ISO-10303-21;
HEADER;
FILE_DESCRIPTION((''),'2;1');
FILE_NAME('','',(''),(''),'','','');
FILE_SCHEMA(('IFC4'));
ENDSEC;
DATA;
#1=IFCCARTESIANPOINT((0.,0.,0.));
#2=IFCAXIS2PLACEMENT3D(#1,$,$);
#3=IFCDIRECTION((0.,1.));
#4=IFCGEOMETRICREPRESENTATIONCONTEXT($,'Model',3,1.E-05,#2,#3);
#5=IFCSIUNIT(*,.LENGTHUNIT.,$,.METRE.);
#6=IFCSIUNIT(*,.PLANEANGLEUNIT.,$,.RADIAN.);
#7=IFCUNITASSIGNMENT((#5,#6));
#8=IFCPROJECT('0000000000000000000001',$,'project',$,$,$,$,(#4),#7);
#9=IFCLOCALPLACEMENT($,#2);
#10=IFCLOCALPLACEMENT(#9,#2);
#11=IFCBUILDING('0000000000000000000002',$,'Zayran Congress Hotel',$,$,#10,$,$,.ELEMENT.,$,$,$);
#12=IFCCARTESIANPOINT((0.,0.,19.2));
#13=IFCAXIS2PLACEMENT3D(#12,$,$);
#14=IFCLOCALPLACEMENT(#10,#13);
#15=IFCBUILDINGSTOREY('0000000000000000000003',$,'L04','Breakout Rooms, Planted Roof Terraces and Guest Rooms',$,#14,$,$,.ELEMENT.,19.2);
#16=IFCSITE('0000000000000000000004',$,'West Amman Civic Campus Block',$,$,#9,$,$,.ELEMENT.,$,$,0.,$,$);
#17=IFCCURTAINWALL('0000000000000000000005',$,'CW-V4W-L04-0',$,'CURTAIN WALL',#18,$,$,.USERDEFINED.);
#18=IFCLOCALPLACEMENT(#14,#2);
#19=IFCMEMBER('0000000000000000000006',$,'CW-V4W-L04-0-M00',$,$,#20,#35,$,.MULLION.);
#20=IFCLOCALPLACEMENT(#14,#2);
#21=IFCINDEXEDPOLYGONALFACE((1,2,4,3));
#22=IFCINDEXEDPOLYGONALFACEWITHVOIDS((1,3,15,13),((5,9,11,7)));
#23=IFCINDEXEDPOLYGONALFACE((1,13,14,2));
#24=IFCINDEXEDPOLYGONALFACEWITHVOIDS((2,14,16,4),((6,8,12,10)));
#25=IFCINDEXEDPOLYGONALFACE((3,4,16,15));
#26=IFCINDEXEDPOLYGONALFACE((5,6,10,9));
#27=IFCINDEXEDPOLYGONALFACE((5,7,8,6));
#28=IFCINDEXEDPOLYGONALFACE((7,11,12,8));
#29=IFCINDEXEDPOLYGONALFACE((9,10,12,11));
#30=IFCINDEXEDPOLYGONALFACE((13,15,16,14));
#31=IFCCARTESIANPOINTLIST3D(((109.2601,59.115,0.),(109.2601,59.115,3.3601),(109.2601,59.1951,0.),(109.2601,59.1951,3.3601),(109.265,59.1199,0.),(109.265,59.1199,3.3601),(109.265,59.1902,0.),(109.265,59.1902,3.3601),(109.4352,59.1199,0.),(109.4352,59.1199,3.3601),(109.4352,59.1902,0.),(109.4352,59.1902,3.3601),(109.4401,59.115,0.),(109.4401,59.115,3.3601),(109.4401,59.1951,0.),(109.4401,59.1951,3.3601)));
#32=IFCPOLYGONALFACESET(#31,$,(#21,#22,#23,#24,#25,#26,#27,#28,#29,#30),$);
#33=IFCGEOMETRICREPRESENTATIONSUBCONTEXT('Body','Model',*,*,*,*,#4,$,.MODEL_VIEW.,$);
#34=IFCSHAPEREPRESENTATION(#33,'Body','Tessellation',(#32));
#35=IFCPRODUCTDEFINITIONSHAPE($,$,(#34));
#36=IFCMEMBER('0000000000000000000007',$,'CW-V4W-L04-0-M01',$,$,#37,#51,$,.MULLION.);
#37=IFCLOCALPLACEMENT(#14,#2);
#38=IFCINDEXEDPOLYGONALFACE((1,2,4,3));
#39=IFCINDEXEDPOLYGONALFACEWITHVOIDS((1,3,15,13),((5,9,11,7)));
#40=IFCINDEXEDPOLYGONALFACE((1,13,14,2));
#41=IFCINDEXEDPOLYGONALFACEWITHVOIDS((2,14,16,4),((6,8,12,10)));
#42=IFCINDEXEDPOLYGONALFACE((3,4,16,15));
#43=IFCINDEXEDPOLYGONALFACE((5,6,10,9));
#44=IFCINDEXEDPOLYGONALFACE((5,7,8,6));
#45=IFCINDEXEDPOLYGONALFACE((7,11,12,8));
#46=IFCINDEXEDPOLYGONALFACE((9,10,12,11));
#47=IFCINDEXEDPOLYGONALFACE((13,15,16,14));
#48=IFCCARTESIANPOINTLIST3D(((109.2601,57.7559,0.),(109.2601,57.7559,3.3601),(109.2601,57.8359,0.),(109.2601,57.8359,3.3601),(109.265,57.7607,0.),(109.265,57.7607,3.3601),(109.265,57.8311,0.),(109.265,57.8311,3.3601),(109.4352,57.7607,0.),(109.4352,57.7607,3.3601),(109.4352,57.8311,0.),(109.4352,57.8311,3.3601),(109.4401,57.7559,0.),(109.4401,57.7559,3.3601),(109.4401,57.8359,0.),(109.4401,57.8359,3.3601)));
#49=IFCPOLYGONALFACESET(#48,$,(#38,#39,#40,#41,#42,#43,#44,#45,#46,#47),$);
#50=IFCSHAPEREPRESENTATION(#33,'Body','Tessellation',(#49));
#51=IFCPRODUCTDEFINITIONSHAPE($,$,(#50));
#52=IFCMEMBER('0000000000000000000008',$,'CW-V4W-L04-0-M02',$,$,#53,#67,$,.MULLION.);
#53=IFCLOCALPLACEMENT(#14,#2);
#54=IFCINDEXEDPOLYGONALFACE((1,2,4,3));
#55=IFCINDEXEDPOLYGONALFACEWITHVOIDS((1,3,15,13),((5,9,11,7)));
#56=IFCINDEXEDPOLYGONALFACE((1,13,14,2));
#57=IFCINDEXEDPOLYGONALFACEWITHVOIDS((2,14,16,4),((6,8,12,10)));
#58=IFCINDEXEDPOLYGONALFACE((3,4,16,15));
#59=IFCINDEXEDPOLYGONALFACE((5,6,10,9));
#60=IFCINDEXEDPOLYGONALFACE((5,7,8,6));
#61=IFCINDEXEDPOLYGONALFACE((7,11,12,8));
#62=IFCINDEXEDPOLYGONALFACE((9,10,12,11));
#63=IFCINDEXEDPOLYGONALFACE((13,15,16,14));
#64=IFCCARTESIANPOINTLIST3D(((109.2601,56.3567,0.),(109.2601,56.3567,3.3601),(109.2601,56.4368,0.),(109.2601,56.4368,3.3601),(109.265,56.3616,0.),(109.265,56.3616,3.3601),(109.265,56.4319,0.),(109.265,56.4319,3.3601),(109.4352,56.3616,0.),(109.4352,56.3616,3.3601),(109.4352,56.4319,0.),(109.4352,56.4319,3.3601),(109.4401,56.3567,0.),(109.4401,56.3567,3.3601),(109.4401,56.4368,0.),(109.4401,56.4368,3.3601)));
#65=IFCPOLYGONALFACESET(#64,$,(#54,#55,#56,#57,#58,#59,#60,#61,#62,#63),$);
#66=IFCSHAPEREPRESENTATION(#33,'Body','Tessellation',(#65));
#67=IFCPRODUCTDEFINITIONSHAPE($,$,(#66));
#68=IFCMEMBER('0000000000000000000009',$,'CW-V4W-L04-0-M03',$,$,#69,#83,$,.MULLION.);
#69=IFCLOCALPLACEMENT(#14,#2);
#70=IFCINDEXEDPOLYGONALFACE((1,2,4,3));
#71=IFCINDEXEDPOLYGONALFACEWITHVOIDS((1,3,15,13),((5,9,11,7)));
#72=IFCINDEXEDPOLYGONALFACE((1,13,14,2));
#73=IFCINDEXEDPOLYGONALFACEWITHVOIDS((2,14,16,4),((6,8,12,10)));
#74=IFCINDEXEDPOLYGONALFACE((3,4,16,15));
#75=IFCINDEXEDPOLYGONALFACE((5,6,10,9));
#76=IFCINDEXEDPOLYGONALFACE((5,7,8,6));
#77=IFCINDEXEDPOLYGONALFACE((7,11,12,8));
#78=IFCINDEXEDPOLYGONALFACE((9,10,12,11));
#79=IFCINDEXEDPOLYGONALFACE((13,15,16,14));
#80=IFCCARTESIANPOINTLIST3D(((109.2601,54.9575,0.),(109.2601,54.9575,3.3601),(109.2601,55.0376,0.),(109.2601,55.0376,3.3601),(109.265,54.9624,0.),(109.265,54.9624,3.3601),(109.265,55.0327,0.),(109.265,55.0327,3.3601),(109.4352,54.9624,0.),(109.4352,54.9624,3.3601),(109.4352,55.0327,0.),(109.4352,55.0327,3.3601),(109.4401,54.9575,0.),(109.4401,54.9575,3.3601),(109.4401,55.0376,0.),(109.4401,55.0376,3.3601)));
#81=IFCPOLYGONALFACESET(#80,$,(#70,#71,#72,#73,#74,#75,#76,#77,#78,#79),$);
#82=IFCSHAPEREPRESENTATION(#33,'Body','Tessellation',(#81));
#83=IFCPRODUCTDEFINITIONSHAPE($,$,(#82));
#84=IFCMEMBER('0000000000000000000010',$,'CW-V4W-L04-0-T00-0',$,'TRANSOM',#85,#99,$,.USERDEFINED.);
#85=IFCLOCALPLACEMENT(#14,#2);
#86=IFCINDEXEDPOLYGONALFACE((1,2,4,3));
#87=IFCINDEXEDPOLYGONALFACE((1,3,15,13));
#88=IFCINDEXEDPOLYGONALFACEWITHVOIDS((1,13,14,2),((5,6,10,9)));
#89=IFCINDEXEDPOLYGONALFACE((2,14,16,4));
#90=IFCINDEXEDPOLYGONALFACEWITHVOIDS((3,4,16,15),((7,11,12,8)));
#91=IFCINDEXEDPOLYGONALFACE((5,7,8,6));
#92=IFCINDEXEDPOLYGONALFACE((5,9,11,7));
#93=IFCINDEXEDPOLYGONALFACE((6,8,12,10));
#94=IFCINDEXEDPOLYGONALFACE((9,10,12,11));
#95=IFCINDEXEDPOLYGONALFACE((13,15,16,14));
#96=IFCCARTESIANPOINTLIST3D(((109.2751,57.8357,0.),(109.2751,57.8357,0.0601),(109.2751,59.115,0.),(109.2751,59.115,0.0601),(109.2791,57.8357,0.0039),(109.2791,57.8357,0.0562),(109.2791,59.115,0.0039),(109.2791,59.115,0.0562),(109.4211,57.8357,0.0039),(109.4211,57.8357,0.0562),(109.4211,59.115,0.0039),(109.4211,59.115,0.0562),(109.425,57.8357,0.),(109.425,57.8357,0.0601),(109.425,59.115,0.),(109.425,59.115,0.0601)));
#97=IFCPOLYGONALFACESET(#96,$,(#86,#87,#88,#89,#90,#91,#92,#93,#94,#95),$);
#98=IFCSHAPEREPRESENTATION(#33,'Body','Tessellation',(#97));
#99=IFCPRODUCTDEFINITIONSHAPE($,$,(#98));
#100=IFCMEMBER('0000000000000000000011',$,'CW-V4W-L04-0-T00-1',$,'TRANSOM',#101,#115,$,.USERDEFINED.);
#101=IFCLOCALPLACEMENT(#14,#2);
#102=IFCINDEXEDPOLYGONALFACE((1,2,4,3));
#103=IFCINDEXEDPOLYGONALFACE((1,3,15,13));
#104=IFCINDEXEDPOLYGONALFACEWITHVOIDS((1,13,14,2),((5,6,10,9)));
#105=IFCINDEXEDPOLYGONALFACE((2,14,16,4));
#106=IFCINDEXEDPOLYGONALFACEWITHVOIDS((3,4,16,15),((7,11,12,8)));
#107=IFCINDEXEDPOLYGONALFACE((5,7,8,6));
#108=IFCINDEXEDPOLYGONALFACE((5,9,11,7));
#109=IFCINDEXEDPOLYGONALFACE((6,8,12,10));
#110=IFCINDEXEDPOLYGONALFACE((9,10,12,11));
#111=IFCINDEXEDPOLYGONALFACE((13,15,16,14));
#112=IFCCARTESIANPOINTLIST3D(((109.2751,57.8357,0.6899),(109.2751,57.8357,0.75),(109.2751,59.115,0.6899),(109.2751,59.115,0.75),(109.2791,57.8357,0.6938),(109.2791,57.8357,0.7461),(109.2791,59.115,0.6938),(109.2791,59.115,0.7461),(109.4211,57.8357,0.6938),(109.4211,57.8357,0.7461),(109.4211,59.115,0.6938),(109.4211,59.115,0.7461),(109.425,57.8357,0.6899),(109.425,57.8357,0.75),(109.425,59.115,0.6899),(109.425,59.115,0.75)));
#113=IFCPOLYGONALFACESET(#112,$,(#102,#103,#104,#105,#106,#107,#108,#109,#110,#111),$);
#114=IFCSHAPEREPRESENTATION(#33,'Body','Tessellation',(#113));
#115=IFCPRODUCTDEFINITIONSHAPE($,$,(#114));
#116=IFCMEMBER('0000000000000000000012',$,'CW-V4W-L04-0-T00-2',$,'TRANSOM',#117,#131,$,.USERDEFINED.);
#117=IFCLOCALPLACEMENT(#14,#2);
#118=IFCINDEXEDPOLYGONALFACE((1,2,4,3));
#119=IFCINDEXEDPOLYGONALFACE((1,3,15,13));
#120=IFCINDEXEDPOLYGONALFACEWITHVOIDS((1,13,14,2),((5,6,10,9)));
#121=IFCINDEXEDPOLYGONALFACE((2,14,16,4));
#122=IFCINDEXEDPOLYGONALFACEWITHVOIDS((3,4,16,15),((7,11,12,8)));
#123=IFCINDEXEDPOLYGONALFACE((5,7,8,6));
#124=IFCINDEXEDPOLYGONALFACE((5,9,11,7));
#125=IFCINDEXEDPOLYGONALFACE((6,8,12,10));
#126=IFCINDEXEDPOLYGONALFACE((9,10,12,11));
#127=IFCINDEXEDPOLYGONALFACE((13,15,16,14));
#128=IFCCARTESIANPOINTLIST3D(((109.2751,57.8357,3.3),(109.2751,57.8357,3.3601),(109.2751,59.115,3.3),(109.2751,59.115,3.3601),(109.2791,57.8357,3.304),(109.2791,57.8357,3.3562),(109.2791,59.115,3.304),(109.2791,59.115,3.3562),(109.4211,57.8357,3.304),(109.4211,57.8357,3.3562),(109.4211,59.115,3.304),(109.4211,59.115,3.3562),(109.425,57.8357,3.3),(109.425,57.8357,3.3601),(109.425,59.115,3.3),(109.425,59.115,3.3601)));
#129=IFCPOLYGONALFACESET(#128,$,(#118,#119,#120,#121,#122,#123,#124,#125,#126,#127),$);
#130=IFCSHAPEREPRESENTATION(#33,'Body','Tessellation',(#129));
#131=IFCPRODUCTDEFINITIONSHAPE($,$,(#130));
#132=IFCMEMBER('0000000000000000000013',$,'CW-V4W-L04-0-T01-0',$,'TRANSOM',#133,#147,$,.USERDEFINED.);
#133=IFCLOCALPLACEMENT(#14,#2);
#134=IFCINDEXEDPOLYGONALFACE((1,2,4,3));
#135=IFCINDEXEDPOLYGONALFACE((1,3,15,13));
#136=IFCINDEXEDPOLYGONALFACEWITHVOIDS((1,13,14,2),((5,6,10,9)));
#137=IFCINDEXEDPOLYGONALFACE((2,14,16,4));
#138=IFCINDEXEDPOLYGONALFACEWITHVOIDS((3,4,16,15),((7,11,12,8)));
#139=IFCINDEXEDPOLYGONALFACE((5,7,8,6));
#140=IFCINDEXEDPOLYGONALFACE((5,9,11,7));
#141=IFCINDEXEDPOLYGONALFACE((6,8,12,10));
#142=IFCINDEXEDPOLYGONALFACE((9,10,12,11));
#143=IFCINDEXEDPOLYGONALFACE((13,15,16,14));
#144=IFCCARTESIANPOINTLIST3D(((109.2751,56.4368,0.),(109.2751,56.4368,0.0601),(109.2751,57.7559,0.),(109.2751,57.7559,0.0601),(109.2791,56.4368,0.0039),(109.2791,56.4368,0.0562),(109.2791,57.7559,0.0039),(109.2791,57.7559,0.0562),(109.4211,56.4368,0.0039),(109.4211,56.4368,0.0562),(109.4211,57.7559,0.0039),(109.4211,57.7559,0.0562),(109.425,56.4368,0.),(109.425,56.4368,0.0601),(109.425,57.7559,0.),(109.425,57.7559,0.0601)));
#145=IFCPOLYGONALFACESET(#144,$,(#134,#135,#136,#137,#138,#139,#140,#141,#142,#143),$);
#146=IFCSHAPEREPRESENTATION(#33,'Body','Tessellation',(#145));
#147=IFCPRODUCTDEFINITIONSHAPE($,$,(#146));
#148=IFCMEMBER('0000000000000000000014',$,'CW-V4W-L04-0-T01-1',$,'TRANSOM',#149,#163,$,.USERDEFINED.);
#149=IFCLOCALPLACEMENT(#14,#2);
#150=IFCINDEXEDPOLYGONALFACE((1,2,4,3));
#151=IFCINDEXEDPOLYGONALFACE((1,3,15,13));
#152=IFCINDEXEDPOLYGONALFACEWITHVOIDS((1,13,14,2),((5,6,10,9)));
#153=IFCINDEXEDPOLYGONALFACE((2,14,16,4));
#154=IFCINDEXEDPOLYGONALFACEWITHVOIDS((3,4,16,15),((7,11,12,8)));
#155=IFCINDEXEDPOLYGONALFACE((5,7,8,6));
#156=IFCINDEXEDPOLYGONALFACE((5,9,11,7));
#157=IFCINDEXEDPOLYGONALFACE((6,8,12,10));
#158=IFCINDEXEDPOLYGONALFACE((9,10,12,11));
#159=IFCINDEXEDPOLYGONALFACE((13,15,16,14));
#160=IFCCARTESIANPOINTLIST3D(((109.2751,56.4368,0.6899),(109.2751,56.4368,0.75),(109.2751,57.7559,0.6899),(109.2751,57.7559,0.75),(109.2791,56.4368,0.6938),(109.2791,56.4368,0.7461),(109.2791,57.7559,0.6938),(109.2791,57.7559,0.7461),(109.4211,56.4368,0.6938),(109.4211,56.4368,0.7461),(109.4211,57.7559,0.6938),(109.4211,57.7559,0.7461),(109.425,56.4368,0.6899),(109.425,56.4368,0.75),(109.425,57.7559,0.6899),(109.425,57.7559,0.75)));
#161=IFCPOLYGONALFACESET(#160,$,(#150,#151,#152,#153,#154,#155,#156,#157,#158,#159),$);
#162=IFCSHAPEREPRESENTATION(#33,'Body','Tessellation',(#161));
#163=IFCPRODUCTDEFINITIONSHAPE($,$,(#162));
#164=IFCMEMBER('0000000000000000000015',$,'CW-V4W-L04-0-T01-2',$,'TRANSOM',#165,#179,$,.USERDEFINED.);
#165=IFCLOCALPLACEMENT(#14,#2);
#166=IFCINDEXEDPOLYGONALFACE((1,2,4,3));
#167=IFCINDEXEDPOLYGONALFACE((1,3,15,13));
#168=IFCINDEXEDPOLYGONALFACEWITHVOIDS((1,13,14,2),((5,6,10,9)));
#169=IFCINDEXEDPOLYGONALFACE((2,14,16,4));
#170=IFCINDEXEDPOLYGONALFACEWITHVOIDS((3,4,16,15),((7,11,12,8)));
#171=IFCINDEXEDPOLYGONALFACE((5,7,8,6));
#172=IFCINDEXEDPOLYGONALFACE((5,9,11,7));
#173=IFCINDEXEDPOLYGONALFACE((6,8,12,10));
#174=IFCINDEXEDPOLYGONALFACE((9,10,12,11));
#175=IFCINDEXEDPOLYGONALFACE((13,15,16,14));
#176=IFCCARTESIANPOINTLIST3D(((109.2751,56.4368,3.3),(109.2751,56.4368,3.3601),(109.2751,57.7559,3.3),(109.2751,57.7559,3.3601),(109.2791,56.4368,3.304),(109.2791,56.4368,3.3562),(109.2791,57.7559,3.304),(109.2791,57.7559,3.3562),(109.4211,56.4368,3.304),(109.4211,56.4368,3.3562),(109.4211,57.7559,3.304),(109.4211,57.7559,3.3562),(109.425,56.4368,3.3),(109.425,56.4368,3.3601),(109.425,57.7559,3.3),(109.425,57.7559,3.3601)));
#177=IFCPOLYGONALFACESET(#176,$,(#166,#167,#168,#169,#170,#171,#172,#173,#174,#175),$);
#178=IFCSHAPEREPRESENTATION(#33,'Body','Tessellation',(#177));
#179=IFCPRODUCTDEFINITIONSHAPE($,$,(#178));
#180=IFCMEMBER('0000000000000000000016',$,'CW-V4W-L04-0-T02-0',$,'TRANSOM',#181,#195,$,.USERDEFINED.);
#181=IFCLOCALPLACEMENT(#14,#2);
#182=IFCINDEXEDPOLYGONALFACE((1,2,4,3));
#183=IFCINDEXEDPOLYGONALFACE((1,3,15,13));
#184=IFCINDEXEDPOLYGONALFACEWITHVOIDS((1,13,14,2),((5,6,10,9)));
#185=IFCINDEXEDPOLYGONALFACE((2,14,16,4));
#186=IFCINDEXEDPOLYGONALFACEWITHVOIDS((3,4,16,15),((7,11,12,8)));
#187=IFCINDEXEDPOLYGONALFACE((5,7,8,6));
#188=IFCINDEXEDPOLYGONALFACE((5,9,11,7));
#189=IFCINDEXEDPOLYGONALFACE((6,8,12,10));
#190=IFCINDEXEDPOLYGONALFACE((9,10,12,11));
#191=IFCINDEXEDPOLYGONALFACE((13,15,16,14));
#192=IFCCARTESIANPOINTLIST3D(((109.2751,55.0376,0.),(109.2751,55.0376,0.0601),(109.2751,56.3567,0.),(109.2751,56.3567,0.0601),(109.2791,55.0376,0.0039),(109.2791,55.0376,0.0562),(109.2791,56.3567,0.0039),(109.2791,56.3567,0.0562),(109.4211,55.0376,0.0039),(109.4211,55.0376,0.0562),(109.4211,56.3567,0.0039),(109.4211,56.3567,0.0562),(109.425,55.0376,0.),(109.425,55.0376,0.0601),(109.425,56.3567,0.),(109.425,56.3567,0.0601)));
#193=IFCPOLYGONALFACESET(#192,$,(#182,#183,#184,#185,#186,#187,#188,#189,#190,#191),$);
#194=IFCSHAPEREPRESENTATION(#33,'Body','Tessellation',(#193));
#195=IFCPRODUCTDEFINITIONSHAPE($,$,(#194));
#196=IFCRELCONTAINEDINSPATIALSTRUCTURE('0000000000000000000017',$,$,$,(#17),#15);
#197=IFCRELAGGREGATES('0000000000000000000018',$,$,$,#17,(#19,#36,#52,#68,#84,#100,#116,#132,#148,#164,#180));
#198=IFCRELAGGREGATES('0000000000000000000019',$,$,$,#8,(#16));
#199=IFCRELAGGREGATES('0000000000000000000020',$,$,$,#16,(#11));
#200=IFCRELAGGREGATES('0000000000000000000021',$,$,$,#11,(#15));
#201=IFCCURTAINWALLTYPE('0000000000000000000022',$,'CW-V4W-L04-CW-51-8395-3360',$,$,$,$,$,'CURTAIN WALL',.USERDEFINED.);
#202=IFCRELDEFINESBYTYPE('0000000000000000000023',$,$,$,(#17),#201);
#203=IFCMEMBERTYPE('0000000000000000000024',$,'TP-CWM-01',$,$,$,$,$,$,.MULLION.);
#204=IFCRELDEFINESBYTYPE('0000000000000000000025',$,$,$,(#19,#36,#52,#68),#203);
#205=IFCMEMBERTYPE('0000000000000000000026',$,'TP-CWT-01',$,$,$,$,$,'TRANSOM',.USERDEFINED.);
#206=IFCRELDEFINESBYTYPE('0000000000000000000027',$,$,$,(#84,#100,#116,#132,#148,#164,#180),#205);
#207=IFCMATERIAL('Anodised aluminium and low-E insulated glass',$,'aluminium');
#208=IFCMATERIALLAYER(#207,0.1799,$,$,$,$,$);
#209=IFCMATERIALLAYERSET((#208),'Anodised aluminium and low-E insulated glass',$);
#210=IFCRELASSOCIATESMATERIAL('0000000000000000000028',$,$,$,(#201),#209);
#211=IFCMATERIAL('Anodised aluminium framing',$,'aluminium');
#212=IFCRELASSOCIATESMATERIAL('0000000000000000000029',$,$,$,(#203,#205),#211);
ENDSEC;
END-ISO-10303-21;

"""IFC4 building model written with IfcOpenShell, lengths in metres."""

from ifc_helpers import new_model, si_unit, direction, frame, origin, origin_2d, place, context, subcontext, project, spatial, hollow_rectangle, extrude, material, layer, layer_set, material_profile, profile_set, type_object, element, aggregate, save


model = new_model("IFC4")

# Units and contexts
model_context = context("Model", 3, precision=1e-05, world=origin(), true_north=direction((0.0, 1.0)))
body_context = subcontext(model_context, "Body", "Model", "MODEL_VIEW")
ifc_project = project(units=[si_unit("LENGTHUNIT", "METRE"), si_unit("PLANEANGLEUNIT", "RADIAN")], contexts=[model_context])

# Site, building, storey
site_placement = place(None, origin())
site = spatial("IfcSite", under=ifc_project, at=site_placement, Name="West Amman Civic Campus Block", CompositionType="ELEMENT", RefElevation=0.0)
building_placement = place(site_placement, origin())
building = spatial("IfcBuilding", under=site, at=building_placement, Name="Zayran Congress Hotel", CompositionType="ELEMENT")
storey_placement = place(building_placement, frame((0.0, 0.0, 19.2)))
storey = spatial("IfcBuildingStorey", under=building, at=storey_placement, Name="L04", Description="Breakout Rooms, Planted Roof Terraces and Guest Rooms", CompositionType="ELEMENT", Elevation=19.2)

# Curtain wall, members
ifc_material_1 = material(Name="Anodised aluminium and low-E insulated glass", Category="aluminium")
ifc_layer_1 = layer(ifc_material_1, 0.1799)
ifc_layer_set_1 = layer_set([ifc_layer_1], Name="Anodised aluminium and low-E insulated glass")
curtain_wall_type = type_object("IfcCurtainWallType", Name="CW-V4W-L04-CW-51-8395-3360", ElementType="CURTAIN WALL", PredefinedType="USERDEFINED", material=ifc_layer_set_1)
curtain_wall_placement = place(storey_placement, origin())
curtain_wall = element("IfcCurtainWall", 1, at=curtain_wall_placement, inside=storey, type_object=curtain_wall_type, Name="CW-V4W-L04-0", ObjectType="CURTAIN WALL", PredefinedType="USERDEFINED")
ifc_material_2 = material(Name="Anodised aluminium framing", Category="aluminium")
ifc_material_profile_1 = material_profile(ifc_material_2, hollow_rectangle(XDim=0.0801, YDim=0.1799, WallThickness=0.0049, at=origin_2d()), Name="RHS 180x80x5")
ifc_profile_set_1 = profile_set([ifc_material_profile_1], Name="Anodised aluminium framing")
member_type_1 = type_object("IfcMemberType", Name="TP-CWM-01", PredefinedType="MULLION", material=ifc_profile_set_1)
member_1_placement = place(storey_placement, frame((109.3501, 59.155, 0.0), z_axis=(0.0, 0.0, 1.0), x_axis=(0.0, 1.0, 0.0)))
member_1 = element("IfcMember", 2, at=member_1_placement, type_object=member_type_1, Name="CW-V4W-L04-0-M00", PredefinedType="MULLION", context=body_context, shape_type="SweptSolid", body=[
    extrude(hollow_rectangle(XDim=0.0801, YDim=0.1799, WallThickness=0.0049, at=origin_2d()), origin(), (0.0, 0.0, 1.0), 3.3601),
])
member_2_placement = place(storey_placement, frame((109.3501, 57.7959, 0.0), z_axis=(0.0, 0.0, 1.0), x_axis=(0.0, 1.0, 0.0)))
member_2 = element("IfcMember", 3, at=member_2_placement, type_object=member_type_1, Name="CW-V4W-L04-0-M01", PredefinedType="MULLION", context=body_context, shape_type="SweptSolid", body=[
    extrude(hollow_rectangle(XDim=0.0801, YDim=0.1799, WallThickness=0.0049, at=origin_2d()), origin(), (0.0, 0.0, 1.0), 3.3601),
])
member_3_placement = place(storey_placement, frame((109.3501, 56.3967, 0.0), z_axis=(0.0, 0.0, 1.0), x_axis=(0.0, 1.0, 0.0)))
member_3 = element("IfcMember", 4, at=member_3_placement, type_object=member_type_1, Name="CW-V4W-L04-0-M02", PredefinedType="MULLION", context=body_context, shape_type="SweptSolid", body=[
    extrude(hollow_rectangle(XDim=0.0801, YDim=0.1799, WallThickness=0.0049, at=origin_2d()), origin(), (0.0, 0.0, 1.0), 3.3601),
])
member_4_placement = place(storey_placement, frame((109.3501, 54.9976, 0.0), z_axis=(0.0, 0.0, 1.0), x_axis=(0.0, 1.0, 0.0)))
member_4 = element("IfcMember", 5, at=member_4_placement, type_object=member_type_1, Name="CW-V4W-L04-0-M03", PredefinedType="MULLION", context=body_context, shape_type="SweptSolid", body=[
    extrude(hollow_rectangle(XDim=0.0801, YDim=0.1799, WallThickness=0.0049, at=origin_2d()), origin(), (0.0, 0.0, 1.0), 3.3601),
])
ifc_material_profile_2 = material_profile(ifc_material_2, hollow_rectangle(XDim=0.0601, YDim=0.1499, WallThickness=0.0039, at=origin_2d()), Name="RHS 150x60x4")
ifc_profile_set_2 = profile_set([ifc_material_profile_2], Name="Anodised aluminium framing")
member_type_2 = type_object("IfcMemberType", Name="TP-CWT-01", ElementType="TRANSOM", PredefinedType="USERDEFINED", material=ifc_profile_set_2)
member_5_placement = place(storey_placement, frame((109.3501, 59.115, 0.03), z_axis=(0.0, -1.0, 0.0), x_axis=(0.0, 0.0, 1.0)))
member_5 = element("IfcMember", 6, at=member_5_placement, type_object=member_type_2, Name="CW-V4W-L04-0-T00-0", ObjectType="TRANSOM", PredefinedType="USERDEFINED", context=body_context, shape_type="SweptSolid", body=[
    extrude(hollow_rectangle(XDim=0.0601, YDim=0.1499, WallThickness=0.0039, at=origin_2d()), origin(), (0.0, 0.0, 1.0), 1.2793),
])
member_6_placement = place(storey_placement, frame((109.3501, 59.115, 0.72), z_axis=(0.0, -1.0, 0.0), x_axis=(0.0, 0.0, 1.0)))
member_6 = element("IfcMember", 7, at=member_6_placement, type_object=member_type_2, Name="CW-V4W-L04-0-T00-1", ObjectType="TRANSOM", PredefinedType="USERDEFINED", context=body_context, shape_type="SweptSolid", body=[
    extrude(hollow_rectangle(XDim=0.0601, YDim=0.1499, WallThickness=0.0039, at=origin_2d()), origin(), (0.0, 0.0, 1.0), 1.2793),
])
member_7_placement = place(storey_placement, frame((109.3501, 59.115, 3.3301), z_axis=(0.0, -1.0, 0.0), x_axis=(0.0, 0.0, 1.0)))
member_7 = element("IfcMember", 8, at=member_7_placement, type_object=member_type_2, Name="CW-V4W-L04-0-T00-2", ObjectType="TRANSOM", PredefinedType="USERDEFINED", context=body_context, shape_type="SweptSolid", body=[
    extrude(hollow_rectangle(XDim=0.0601, YDim=0.1499, WallThickness=0.0039, at=origin_2d()), origin(), (0.0, 0.0, 1.0), 1.2793),
])
member_8_placement = place(storey_placement, frame((109.3501, 57.7559, 0.03), z_axis=(0.0, -1.0, 0.0), x_axis=(0.0, 0.0, 1.0)))
member_8 = element("IfcMember", 9, at=member_8_placement, type_object=member_type_2, Name="CW-V4W-L04-0-T01-0", ObjectType="TRANSOM", PredefinedType="USERDEFINED", context=body_context, shape_type="SweptSolid", body=[
    extrude(hollow_rectangle(XDim=0.0601, YDim=0.1499, WallThickness=0.0039, at=origin_2d()), origin(), (0.0, 0.0, 1.0), 1.3191),
])
member_9_placement = place(storey_placement, frame((109.3501, 57.7559, 0.72), z_axis=(0.0, -1.0, 0.0), x_axis=(0.0, 0.0, 1.0)))
member_9 = element("IfcMember", 10, at=member_9_placement, type_object=member_type_2, Name="CW-V4W-L04-0-T01-1", ObjectType="TRANSOM", PredefinedType="USERDEFINED", context=body_context, shape_type="SweptSolid", body=[
    extrude(hollow_rectangle(XDim=0.0601, YDim=0.1499, WallThickness=0.0039, at=origin_2d()), origin(), (0.0, 0.0, 1.0), 1.3191),
])
member_10_placement = place(storey_placement, frame((109.3501, 57.7559, 3.3301), z_axis=(0.0, -1.0, 0.0), x_axis=(0.0, 0.0, 1.0)))
member_10 = element("IfcMember", 11, at=member_10_placement, type_object=member_type_2, Name="CW-V4W-L04-0-T01-2", ObjectType="TRANSOM", PredefinedType="USERDEFINED", context=body_context, shape_type="SweptSolid", body=[
    extrude(hollow_rectangle(XDim=0.0601, YDim=0.1499, WallThickness=0.0039, at=origin_2d()), origin(), (0.0, 0.0, 1.0), 1.3191),
])
member_11_placement = place(storey_placement, frame((109.3501, 56.3567, 0.03), z_axis=(0.0, -1.0, 0.0), x_axis=(0.0, 0.0, 1.0)))
member_11 = element("IfcMember", 12, at=member_11_placement, type_object=member_type_2, Name="CW-V4W-L04-0-T02-0", ObjectType="TRANSOM", PredefinedType="USERDEFINED", context=body_context, shape_type="SweptSolid", body=[
    extrude(hollow_rectangle(XDim=0.0601, YDim=0.1499, WallThickness=0.0039, at=origin_2d()), origin(), (0.0, 0.0, 1.0), 1.3191),
])
aggregate(curtain_wall, [member_1, member_2, member_3, member_4, member_5, member_6, member_7, member_8, member_9, member_10, member_11])

save(model, "model.ifc")
